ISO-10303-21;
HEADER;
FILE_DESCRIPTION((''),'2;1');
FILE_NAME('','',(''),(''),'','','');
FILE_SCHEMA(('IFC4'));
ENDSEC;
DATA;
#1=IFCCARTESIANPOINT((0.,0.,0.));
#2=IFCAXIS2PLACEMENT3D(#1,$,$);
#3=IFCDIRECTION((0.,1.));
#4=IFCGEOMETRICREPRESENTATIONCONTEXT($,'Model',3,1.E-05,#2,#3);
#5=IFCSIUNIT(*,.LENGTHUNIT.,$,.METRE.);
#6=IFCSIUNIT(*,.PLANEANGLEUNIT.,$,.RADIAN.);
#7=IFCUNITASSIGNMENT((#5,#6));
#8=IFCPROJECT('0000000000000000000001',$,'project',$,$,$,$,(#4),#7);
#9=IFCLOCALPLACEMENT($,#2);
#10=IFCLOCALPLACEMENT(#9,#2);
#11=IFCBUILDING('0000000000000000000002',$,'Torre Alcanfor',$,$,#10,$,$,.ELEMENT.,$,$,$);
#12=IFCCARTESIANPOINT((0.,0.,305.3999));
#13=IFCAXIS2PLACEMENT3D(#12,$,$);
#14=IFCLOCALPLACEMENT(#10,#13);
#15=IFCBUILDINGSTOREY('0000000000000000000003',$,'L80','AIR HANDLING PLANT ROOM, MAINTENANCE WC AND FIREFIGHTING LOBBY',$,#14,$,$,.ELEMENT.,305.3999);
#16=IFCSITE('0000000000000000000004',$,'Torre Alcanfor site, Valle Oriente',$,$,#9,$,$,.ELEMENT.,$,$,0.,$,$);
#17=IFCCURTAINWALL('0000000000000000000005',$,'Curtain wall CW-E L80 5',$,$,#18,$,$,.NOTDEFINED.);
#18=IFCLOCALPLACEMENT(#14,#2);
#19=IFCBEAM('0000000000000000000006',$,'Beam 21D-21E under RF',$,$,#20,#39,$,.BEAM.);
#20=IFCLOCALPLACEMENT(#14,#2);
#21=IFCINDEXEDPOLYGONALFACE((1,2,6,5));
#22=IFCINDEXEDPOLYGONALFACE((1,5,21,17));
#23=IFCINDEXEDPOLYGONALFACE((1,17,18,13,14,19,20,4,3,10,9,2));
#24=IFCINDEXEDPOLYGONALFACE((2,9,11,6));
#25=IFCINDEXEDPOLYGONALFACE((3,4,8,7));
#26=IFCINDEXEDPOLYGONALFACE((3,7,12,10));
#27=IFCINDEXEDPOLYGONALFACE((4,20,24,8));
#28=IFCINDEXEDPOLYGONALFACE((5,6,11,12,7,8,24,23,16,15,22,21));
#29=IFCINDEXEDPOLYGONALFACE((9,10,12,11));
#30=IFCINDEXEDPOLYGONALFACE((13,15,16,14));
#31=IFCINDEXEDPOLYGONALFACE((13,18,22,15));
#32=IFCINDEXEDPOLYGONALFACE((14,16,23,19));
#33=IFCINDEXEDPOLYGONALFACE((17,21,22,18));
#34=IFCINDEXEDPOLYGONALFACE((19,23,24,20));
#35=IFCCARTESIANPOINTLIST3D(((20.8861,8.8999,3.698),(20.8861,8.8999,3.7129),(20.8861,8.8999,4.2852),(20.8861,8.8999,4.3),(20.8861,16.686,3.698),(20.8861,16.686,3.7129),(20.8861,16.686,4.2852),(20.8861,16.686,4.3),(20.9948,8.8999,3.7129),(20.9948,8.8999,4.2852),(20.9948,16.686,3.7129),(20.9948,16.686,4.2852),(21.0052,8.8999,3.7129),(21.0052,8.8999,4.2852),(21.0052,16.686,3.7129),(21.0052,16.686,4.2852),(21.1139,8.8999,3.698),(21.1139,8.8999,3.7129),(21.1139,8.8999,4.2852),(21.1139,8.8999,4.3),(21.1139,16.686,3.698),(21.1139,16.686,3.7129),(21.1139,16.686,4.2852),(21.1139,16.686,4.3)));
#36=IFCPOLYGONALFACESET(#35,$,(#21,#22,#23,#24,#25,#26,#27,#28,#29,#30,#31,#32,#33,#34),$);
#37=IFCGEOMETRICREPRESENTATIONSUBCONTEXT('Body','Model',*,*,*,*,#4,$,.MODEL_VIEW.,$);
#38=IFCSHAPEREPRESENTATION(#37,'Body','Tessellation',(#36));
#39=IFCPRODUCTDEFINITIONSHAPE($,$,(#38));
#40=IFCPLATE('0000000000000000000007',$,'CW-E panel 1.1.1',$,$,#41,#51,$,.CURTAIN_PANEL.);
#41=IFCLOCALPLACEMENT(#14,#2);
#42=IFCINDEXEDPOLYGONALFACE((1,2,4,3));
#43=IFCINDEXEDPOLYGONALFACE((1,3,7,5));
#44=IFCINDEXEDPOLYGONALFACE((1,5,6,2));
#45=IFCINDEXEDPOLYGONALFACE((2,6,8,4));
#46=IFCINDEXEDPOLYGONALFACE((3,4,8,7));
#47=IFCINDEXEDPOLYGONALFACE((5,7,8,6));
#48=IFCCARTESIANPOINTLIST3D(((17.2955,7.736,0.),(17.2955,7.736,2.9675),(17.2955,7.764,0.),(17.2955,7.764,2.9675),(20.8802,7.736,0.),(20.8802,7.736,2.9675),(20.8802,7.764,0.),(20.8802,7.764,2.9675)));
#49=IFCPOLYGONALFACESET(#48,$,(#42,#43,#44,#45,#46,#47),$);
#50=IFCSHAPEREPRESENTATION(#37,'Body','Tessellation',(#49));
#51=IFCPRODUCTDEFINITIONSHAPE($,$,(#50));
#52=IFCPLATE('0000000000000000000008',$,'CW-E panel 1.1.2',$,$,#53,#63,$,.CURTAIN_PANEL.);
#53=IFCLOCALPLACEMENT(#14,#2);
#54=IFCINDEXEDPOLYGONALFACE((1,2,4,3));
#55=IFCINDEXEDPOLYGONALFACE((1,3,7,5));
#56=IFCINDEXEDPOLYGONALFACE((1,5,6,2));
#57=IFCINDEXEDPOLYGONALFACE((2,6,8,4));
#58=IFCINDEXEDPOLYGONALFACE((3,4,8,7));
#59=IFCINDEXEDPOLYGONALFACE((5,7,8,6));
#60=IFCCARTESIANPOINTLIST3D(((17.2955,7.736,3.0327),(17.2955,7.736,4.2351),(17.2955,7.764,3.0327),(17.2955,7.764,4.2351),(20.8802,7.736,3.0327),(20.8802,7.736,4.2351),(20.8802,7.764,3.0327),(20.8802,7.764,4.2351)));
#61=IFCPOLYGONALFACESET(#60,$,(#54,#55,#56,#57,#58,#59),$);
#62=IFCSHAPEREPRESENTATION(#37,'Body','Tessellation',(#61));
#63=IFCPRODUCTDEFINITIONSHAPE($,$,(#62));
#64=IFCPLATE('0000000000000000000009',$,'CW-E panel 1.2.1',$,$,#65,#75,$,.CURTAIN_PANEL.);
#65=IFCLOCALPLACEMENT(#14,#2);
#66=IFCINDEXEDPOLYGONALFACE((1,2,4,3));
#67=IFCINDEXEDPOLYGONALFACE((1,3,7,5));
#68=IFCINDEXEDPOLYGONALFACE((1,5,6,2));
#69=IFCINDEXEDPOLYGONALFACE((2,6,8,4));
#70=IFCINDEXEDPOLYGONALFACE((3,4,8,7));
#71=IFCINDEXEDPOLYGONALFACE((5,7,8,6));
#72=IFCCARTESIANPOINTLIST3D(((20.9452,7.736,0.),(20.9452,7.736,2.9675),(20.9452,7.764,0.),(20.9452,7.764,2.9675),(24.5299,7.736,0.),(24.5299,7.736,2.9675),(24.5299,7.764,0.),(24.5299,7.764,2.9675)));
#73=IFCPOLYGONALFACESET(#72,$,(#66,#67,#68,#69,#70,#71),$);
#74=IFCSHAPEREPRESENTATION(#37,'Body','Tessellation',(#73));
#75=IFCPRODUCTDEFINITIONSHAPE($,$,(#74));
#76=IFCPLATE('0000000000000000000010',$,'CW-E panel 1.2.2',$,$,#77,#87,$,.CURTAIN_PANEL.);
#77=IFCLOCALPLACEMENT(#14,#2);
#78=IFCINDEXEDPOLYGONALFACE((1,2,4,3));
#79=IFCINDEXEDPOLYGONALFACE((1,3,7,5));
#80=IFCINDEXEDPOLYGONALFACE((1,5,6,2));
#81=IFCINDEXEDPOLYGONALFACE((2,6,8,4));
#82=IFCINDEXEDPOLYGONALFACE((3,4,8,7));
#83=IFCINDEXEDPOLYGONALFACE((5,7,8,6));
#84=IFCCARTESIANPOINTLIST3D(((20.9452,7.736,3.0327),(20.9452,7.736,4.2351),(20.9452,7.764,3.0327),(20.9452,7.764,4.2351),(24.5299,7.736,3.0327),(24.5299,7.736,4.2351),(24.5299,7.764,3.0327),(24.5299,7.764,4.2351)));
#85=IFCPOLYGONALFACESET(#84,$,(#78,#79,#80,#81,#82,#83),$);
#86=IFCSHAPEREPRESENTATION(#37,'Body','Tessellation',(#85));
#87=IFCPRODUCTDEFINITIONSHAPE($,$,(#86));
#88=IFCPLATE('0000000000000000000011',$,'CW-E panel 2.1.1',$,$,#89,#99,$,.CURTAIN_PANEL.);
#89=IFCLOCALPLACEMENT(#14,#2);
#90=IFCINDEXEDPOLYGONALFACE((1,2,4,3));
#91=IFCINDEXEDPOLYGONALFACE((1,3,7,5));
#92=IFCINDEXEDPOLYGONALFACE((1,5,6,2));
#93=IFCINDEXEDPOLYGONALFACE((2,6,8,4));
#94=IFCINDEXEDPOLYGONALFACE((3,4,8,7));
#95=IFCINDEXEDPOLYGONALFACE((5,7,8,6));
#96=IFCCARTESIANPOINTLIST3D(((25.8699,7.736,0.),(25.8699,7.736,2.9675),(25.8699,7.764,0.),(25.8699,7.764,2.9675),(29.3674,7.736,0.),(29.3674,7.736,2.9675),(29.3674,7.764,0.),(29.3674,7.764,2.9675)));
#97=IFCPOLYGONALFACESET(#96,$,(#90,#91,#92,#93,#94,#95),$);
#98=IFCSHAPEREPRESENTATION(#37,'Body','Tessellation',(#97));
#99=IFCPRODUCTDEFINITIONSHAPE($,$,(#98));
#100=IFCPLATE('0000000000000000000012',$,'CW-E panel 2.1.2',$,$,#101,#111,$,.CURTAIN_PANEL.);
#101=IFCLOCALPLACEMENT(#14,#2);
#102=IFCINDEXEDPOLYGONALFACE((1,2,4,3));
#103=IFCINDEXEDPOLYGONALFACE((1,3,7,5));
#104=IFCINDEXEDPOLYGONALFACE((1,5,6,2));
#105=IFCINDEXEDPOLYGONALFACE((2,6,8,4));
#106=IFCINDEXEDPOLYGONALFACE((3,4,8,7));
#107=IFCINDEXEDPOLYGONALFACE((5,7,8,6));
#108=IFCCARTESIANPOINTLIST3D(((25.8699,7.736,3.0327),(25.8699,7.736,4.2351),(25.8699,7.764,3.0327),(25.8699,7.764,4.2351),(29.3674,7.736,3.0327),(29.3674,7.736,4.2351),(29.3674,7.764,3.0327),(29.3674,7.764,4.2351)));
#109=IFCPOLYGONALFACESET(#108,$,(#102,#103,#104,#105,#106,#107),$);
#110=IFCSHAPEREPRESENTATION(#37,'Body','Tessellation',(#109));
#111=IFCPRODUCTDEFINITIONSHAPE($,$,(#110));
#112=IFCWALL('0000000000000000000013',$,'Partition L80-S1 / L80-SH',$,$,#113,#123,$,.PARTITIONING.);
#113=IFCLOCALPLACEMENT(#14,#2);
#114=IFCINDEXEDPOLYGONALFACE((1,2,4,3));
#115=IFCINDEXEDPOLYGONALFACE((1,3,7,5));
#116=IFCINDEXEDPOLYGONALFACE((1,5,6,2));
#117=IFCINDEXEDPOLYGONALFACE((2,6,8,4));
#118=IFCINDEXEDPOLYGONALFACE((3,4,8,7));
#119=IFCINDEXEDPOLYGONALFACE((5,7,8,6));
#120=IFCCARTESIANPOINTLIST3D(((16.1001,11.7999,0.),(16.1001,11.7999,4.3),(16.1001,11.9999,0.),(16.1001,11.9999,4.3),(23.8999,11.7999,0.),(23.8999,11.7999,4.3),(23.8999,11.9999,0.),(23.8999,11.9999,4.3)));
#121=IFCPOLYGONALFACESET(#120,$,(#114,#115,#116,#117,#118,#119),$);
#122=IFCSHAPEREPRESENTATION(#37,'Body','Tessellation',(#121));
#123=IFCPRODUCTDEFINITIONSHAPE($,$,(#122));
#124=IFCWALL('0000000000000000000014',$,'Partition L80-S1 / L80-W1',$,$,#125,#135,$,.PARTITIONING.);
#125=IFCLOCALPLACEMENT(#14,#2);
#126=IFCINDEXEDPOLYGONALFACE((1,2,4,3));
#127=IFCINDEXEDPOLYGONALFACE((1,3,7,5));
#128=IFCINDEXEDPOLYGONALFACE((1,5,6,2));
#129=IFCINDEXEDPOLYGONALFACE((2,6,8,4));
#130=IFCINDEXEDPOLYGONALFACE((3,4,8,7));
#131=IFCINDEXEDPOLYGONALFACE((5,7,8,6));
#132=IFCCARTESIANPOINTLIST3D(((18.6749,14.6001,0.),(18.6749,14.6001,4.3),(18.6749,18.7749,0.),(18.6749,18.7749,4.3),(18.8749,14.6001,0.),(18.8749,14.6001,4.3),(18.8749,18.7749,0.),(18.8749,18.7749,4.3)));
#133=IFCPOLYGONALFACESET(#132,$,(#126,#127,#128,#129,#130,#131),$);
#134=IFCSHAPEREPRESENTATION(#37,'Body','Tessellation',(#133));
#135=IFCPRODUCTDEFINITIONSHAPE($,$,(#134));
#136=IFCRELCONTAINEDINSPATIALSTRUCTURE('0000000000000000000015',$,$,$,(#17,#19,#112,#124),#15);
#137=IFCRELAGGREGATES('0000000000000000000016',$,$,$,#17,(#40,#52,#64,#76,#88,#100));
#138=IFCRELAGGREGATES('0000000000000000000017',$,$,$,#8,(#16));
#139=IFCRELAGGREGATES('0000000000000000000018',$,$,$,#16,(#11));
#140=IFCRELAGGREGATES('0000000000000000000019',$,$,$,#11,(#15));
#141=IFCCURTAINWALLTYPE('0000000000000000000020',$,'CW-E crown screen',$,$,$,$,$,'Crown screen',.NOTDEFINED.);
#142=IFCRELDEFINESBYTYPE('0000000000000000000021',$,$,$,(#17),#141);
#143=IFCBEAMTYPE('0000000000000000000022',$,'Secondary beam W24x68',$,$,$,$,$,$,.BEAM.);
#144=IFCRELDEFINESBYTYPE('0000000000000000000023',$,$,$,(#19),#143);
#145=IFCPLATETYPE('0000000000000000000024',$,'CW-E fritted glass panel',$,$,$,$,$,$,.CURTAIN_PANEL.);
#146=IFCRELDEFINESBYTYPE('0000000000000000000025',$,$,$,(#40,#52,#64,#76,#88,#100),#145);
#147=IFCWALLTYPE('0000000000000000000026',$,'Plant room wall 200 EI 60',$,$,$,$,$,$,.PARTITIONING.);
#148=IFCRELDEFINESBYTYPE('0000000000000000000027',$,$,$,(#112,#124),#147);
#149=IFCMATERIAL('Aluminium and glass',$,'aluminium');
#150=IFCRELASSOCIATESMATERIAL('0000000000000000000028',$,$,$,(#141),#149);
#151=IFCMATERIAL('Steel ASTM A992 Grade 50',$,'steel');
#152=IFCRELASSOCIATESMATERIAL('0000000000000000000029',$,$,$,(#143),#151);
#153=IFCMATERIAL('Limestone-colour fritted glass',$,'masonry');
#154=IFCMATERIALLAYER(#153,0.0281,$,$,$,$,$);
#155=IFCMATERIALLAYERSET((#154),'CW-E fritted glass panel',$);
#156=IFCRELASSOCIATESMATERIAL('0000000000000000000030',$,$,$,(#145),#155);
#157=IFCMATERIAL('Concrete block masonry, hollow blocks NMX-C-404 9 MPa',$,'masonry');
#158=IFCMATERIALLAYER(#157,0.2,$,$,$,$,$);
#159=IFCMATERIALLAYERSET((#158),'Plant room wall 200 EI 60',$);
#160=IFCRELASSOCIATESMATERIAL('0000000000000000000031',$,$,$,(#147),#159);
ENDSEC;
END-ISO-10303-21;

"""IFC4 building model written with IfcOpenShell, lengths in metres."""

from ifc_helpers import new_model, si_unit, direction, frame, frame_2d, origin, origin_2d, place, context, subcontext, project, spatial, rectangle, i_section, extrude, material, layer, layer_set, material_profile, profile_set, type_object, element, aggregate, save


model = new_model("IFC4")

# Units and contexts
model_context = context("Model", 3, precision=1e-05, world=origin(), true_north=direction((0.0, 1.0)))
body_context = subcontext(model_context, "Body", "Model", "MODEL_VIEW")
ifc_project = project(units=[si_unit("LENGTHUNIT", "METRE"), si_unit("PLANEANGLEUNIT", "RADIAN")], contexts=[model_context])

# Site, building, storey
site_placement = place(None, origin())
site = spatial("IfcSite", under=ifc_project, at=site_placement, Name="Torre Alcanfor site, Valle Oriente", CompositionType="ELEMENT", RefElevation=0.0)
building_placement = place(site_placement, origin())
building = spatial("IfcBuilding", under=site, at=building_placement, Name="Torre Alcanfor", CompositionType="ELEMENT")
storey_placement = place(building_placement, frame((0.0, 0.0, 305.3999)))
storey = spatial("IfcBuildingStorey", under=building, at=storey_placement, Name="L80", Description="AIR HANDLING PLANT ROOM, MAINTENANCE WC AND FIREFIGHTING LOBBY", CompositionType="ELEMENT", Elevation=305.3999)

# Curtain wall
ifc_material_1 = material(Name="Aluminium and glass", Category="aluminium")
curtain_wall_type = type_object("IfcCurtainWallType", Name="CW-E crown screen", ElementType="Crown screen", PredefinedType="NOTDEFINED", material=ifc_material_1)
curtain_wall_placement = place(storey_placement, origin())
curtain_wall = element("IfcCurtainWall", 1, at=curtain_wall_placement, inside=storey, type_object=curtain_wall_type, Name="Curtain wall CW-E L80 5", PredefinedType="NOTDEFINED")

# Beam
ifc_material_2 = material(Name="Steel ASTM A992 Grade 50", Category="steel")
ifc_material_profile_1 = material_profile(ifc_material_2, i_section(OverallWidth=0.2278, OverallDepth=0.6021, WebThickness=0.0105, FlangeThickness=0.0149, at=origin_2d()), Name="W24x68")
ifc_profile_set_1 = profile_set([ifc_material_profile_1], Name="Steel ASTM A992 Grade 50")
beam_type_1 = type_object("IfcBeamType", Name="Secondary beam W24x68", PredefinedType="BEAM", material=ifc_profile_set_1)
beam_1_placement = place(storey_placement, frame((21.0, 8.8999, 3.999), z_axis=(0.0, 1.0, 0.0), x_axis=(-1.0, 0.0, 0.0)))
element("IfcBeam", 2, at=beam_1_placement, inside=storey, type_object=beam_type_1, Name="Beam 21D-21E under RF", PredefinedType="BEAM", context=body_context, shape_type="SweptSolid", body=[
    extrude(i_section(OverallWidth=0.2278, OverallDepth=0.6021, WebThickness=0.0105, FlangeThickness=0.0149, at=origin_2d()), origin(), (0.0, 0.0, 1.0), 7.7861),
])

# Plates
ifc_material_3 = material(Name="Limestone-colour fritted glass", Category="masonry")
ifc_layer_1 = layer(ifc_material_3, 0.0281)
ifc_layer_set_1 = layer_set([ifc_layer_1], Name="CW-E fritted glass panel")
plate_type = type_object("IfcPlateType", Name="CW-E fritted glass panel", PredefinedType="CURTAIN_PANEL", material=ifc_layer_set_1)
plate_1_placement = place(storey_placement, frame((19.0879, 7.75, 0.0), z_axis=(0.0, 0.0, 1.0), x_axis=(1.0, 0.0, 0.0)))
plate_1 = element("IfcPlate", 3, at=plate_1_placement, type_object=plate_type, Name="CW-E panel 1.1.1", PredefinedType="CURTAIN_PANEL", context=body_context, shape_type="SweptSolid", body=[
    extrude(rectangle(XDim=3.5847, YDim=0.0281, at=origin_2d()), origin(), (0.0, 0.0, 1.0), 2.9675),
])
plate_2_placement = place(storey_placement, frame((19.0879, 7.75, 3.0327), z_axis=(0.0, 0.0, 1.0), x_axis=(1.0, 0.0, 0.0)))
plate_2 = element("IfcPlate", 4, at=plate_2_placement, type_object=plate_type, Name="CW-E panel 1.1.2", PredefinedType="CURTAIN_PANEL", context=body_context, shape_type="SweptSolid", body=[
    extrude(rectangle(XDim=3.5847, YDim=0.0281, at=origin_2d()), origin(), (0.0, 0.0, 1.0), 1.2024),
])
plate_3_placement = place(storey_placement, frame((22.7375, 7.75, 0.0), z_axis=(0.0, 0.0, 1.0), x_axis=(1.0, 0.0, 0.0)))
plate_3 = element("IfcPlate", 5, at=plate_3_placement, type_object=plate_type, Name="CW-E panel 1.2.1", PredefinedType="CURTAIN_PANEL", context=body_context, shape_type="SweptSolid", body=[
    extrude(rectangle(XDim=3.5847, YDim=0.0281, at=origin_2d()), origin(), (0.0, 0.0, 1.0), 2.9675),
])
plate_4_placement = place(storey_placement, frame((22.7375, 7.75, 3.0327), z_axis=(0.0, 0.0, 1.0), x_axis=(1.0, 0.0, 0.0)))
plate_4 = element("IfcPlate", 6, at=plate_4_placement, type_object=plate_type, Name="CW-E panel 1.2.2", PredefinedType="CURTAIN_PANEL", context=body_context, shape_type="SweptSolid", body=[
    extrude(rectangle(XDim=3.5847, YDim=0.0281, at=origin_2d()), origin(), (0.0, 0.0, 1.0), 1.2024),
])
plate_5_placement = place(storey_placement, frame((27.6187, 7.75, 0.0), z_axis=(0.0, 0.0, 1.0), x_axis=(1.0, 0.0, 0.0)))
plate_5 = element("IfcPlate", 7, at=plate_5_placement, type_object=plate_type, Name="CW-E panel 2.1.1", PredefinedType="CURTAIN_PANEL", context=body_context, shape_type="SweptSolid", body=[
    extrude(rectangle(XDim=3.4976, YDim=0.0281, at=origin_2d()), origin(), (0.0, 0.0, 1.0), 2.9675),
])
plate_6_placement = place(storey_placement, frame((27.6187, 7.75, 3.0327), z_axis=(0.0, 0.0, 1.0), x_axis=(1.0, 0.0, 0.0)))
plate_6 = element("IfcPlate", 8, at=plate_6_placement, type_object=plate_type, Name="CW-E panel 2.1.2", PredefinedType="CURTAIN_PANEL", context=body_context, shape_type="SweptSolid", body=[
    extrude(rectangle(XDim=3.4976, YDim=0.0281, at=origin_2d()), origin(), (0.0, 0.0, 1.0), 1.2024),
])
aggregate(curtain_wall, [plate_1, plate_2, plate_3, plate_4, plate_5, plate_6])

# Walls
ifc_material_4 = material(Name="Concrete block masonry, hollow blocks NMX-C-404 9 MPa", Category="masonry")
ifc_layer_2 = layer(ifc_material_4, 0.2)
ifc_layer_set_2 = layer_set([ifc_layer_2], Name="Plant room wall 200 EI 60")
wall_type = type_object("IfcWallType", Name="Plant room wall 200 EI 60", PredefinedType="PARTITIONING", material=ifc_layer_set_2)
wall_1_placement = place(storey_placement, frame((23.8999, 11.8999, 0.0), z_axis=(0.0, 0.0, 1.0), x_axis=(-1.0, 0.0, 0.0)))
element("IfcWall", 9, at=wall_1_placement, inside=storey, type_object=wall_type, Name="Partition L80-S1 / L80-SH", PredefinedType="PARTITIONING", context=body_context, shape_type="SweptSolid", body=[
    extrude(rectangle(XDim=7.7998, YDim=0.2, at=frame_2d((3.8999, 0.0))), origin(), (0.0, 0.0, 1.0), 4.3),
])
wall_2_placement = place(storey_placement, frame((18.7749, 14.6001, 0.0), z_axis=(0.0, 0.0, 1.0), x_axis=(0.0, 1.0, 0.0)))
element("IfcWall", 10, at=wall_2_placement, inside=storey, type_object=wall_type, Name="Partition L80-S1 / L80-W1", PredefinedType="PARTITIONING", context=body_context, shape_type="SweptSolid", body=[
    extrude(rectangle(XDim=4.1748, YDim=0.2, at=frame_2d((2.0874, 0.0))), origin(), (0.0, 0.0, 1.0), 4.3),
])

save(model, "model.ifc")
